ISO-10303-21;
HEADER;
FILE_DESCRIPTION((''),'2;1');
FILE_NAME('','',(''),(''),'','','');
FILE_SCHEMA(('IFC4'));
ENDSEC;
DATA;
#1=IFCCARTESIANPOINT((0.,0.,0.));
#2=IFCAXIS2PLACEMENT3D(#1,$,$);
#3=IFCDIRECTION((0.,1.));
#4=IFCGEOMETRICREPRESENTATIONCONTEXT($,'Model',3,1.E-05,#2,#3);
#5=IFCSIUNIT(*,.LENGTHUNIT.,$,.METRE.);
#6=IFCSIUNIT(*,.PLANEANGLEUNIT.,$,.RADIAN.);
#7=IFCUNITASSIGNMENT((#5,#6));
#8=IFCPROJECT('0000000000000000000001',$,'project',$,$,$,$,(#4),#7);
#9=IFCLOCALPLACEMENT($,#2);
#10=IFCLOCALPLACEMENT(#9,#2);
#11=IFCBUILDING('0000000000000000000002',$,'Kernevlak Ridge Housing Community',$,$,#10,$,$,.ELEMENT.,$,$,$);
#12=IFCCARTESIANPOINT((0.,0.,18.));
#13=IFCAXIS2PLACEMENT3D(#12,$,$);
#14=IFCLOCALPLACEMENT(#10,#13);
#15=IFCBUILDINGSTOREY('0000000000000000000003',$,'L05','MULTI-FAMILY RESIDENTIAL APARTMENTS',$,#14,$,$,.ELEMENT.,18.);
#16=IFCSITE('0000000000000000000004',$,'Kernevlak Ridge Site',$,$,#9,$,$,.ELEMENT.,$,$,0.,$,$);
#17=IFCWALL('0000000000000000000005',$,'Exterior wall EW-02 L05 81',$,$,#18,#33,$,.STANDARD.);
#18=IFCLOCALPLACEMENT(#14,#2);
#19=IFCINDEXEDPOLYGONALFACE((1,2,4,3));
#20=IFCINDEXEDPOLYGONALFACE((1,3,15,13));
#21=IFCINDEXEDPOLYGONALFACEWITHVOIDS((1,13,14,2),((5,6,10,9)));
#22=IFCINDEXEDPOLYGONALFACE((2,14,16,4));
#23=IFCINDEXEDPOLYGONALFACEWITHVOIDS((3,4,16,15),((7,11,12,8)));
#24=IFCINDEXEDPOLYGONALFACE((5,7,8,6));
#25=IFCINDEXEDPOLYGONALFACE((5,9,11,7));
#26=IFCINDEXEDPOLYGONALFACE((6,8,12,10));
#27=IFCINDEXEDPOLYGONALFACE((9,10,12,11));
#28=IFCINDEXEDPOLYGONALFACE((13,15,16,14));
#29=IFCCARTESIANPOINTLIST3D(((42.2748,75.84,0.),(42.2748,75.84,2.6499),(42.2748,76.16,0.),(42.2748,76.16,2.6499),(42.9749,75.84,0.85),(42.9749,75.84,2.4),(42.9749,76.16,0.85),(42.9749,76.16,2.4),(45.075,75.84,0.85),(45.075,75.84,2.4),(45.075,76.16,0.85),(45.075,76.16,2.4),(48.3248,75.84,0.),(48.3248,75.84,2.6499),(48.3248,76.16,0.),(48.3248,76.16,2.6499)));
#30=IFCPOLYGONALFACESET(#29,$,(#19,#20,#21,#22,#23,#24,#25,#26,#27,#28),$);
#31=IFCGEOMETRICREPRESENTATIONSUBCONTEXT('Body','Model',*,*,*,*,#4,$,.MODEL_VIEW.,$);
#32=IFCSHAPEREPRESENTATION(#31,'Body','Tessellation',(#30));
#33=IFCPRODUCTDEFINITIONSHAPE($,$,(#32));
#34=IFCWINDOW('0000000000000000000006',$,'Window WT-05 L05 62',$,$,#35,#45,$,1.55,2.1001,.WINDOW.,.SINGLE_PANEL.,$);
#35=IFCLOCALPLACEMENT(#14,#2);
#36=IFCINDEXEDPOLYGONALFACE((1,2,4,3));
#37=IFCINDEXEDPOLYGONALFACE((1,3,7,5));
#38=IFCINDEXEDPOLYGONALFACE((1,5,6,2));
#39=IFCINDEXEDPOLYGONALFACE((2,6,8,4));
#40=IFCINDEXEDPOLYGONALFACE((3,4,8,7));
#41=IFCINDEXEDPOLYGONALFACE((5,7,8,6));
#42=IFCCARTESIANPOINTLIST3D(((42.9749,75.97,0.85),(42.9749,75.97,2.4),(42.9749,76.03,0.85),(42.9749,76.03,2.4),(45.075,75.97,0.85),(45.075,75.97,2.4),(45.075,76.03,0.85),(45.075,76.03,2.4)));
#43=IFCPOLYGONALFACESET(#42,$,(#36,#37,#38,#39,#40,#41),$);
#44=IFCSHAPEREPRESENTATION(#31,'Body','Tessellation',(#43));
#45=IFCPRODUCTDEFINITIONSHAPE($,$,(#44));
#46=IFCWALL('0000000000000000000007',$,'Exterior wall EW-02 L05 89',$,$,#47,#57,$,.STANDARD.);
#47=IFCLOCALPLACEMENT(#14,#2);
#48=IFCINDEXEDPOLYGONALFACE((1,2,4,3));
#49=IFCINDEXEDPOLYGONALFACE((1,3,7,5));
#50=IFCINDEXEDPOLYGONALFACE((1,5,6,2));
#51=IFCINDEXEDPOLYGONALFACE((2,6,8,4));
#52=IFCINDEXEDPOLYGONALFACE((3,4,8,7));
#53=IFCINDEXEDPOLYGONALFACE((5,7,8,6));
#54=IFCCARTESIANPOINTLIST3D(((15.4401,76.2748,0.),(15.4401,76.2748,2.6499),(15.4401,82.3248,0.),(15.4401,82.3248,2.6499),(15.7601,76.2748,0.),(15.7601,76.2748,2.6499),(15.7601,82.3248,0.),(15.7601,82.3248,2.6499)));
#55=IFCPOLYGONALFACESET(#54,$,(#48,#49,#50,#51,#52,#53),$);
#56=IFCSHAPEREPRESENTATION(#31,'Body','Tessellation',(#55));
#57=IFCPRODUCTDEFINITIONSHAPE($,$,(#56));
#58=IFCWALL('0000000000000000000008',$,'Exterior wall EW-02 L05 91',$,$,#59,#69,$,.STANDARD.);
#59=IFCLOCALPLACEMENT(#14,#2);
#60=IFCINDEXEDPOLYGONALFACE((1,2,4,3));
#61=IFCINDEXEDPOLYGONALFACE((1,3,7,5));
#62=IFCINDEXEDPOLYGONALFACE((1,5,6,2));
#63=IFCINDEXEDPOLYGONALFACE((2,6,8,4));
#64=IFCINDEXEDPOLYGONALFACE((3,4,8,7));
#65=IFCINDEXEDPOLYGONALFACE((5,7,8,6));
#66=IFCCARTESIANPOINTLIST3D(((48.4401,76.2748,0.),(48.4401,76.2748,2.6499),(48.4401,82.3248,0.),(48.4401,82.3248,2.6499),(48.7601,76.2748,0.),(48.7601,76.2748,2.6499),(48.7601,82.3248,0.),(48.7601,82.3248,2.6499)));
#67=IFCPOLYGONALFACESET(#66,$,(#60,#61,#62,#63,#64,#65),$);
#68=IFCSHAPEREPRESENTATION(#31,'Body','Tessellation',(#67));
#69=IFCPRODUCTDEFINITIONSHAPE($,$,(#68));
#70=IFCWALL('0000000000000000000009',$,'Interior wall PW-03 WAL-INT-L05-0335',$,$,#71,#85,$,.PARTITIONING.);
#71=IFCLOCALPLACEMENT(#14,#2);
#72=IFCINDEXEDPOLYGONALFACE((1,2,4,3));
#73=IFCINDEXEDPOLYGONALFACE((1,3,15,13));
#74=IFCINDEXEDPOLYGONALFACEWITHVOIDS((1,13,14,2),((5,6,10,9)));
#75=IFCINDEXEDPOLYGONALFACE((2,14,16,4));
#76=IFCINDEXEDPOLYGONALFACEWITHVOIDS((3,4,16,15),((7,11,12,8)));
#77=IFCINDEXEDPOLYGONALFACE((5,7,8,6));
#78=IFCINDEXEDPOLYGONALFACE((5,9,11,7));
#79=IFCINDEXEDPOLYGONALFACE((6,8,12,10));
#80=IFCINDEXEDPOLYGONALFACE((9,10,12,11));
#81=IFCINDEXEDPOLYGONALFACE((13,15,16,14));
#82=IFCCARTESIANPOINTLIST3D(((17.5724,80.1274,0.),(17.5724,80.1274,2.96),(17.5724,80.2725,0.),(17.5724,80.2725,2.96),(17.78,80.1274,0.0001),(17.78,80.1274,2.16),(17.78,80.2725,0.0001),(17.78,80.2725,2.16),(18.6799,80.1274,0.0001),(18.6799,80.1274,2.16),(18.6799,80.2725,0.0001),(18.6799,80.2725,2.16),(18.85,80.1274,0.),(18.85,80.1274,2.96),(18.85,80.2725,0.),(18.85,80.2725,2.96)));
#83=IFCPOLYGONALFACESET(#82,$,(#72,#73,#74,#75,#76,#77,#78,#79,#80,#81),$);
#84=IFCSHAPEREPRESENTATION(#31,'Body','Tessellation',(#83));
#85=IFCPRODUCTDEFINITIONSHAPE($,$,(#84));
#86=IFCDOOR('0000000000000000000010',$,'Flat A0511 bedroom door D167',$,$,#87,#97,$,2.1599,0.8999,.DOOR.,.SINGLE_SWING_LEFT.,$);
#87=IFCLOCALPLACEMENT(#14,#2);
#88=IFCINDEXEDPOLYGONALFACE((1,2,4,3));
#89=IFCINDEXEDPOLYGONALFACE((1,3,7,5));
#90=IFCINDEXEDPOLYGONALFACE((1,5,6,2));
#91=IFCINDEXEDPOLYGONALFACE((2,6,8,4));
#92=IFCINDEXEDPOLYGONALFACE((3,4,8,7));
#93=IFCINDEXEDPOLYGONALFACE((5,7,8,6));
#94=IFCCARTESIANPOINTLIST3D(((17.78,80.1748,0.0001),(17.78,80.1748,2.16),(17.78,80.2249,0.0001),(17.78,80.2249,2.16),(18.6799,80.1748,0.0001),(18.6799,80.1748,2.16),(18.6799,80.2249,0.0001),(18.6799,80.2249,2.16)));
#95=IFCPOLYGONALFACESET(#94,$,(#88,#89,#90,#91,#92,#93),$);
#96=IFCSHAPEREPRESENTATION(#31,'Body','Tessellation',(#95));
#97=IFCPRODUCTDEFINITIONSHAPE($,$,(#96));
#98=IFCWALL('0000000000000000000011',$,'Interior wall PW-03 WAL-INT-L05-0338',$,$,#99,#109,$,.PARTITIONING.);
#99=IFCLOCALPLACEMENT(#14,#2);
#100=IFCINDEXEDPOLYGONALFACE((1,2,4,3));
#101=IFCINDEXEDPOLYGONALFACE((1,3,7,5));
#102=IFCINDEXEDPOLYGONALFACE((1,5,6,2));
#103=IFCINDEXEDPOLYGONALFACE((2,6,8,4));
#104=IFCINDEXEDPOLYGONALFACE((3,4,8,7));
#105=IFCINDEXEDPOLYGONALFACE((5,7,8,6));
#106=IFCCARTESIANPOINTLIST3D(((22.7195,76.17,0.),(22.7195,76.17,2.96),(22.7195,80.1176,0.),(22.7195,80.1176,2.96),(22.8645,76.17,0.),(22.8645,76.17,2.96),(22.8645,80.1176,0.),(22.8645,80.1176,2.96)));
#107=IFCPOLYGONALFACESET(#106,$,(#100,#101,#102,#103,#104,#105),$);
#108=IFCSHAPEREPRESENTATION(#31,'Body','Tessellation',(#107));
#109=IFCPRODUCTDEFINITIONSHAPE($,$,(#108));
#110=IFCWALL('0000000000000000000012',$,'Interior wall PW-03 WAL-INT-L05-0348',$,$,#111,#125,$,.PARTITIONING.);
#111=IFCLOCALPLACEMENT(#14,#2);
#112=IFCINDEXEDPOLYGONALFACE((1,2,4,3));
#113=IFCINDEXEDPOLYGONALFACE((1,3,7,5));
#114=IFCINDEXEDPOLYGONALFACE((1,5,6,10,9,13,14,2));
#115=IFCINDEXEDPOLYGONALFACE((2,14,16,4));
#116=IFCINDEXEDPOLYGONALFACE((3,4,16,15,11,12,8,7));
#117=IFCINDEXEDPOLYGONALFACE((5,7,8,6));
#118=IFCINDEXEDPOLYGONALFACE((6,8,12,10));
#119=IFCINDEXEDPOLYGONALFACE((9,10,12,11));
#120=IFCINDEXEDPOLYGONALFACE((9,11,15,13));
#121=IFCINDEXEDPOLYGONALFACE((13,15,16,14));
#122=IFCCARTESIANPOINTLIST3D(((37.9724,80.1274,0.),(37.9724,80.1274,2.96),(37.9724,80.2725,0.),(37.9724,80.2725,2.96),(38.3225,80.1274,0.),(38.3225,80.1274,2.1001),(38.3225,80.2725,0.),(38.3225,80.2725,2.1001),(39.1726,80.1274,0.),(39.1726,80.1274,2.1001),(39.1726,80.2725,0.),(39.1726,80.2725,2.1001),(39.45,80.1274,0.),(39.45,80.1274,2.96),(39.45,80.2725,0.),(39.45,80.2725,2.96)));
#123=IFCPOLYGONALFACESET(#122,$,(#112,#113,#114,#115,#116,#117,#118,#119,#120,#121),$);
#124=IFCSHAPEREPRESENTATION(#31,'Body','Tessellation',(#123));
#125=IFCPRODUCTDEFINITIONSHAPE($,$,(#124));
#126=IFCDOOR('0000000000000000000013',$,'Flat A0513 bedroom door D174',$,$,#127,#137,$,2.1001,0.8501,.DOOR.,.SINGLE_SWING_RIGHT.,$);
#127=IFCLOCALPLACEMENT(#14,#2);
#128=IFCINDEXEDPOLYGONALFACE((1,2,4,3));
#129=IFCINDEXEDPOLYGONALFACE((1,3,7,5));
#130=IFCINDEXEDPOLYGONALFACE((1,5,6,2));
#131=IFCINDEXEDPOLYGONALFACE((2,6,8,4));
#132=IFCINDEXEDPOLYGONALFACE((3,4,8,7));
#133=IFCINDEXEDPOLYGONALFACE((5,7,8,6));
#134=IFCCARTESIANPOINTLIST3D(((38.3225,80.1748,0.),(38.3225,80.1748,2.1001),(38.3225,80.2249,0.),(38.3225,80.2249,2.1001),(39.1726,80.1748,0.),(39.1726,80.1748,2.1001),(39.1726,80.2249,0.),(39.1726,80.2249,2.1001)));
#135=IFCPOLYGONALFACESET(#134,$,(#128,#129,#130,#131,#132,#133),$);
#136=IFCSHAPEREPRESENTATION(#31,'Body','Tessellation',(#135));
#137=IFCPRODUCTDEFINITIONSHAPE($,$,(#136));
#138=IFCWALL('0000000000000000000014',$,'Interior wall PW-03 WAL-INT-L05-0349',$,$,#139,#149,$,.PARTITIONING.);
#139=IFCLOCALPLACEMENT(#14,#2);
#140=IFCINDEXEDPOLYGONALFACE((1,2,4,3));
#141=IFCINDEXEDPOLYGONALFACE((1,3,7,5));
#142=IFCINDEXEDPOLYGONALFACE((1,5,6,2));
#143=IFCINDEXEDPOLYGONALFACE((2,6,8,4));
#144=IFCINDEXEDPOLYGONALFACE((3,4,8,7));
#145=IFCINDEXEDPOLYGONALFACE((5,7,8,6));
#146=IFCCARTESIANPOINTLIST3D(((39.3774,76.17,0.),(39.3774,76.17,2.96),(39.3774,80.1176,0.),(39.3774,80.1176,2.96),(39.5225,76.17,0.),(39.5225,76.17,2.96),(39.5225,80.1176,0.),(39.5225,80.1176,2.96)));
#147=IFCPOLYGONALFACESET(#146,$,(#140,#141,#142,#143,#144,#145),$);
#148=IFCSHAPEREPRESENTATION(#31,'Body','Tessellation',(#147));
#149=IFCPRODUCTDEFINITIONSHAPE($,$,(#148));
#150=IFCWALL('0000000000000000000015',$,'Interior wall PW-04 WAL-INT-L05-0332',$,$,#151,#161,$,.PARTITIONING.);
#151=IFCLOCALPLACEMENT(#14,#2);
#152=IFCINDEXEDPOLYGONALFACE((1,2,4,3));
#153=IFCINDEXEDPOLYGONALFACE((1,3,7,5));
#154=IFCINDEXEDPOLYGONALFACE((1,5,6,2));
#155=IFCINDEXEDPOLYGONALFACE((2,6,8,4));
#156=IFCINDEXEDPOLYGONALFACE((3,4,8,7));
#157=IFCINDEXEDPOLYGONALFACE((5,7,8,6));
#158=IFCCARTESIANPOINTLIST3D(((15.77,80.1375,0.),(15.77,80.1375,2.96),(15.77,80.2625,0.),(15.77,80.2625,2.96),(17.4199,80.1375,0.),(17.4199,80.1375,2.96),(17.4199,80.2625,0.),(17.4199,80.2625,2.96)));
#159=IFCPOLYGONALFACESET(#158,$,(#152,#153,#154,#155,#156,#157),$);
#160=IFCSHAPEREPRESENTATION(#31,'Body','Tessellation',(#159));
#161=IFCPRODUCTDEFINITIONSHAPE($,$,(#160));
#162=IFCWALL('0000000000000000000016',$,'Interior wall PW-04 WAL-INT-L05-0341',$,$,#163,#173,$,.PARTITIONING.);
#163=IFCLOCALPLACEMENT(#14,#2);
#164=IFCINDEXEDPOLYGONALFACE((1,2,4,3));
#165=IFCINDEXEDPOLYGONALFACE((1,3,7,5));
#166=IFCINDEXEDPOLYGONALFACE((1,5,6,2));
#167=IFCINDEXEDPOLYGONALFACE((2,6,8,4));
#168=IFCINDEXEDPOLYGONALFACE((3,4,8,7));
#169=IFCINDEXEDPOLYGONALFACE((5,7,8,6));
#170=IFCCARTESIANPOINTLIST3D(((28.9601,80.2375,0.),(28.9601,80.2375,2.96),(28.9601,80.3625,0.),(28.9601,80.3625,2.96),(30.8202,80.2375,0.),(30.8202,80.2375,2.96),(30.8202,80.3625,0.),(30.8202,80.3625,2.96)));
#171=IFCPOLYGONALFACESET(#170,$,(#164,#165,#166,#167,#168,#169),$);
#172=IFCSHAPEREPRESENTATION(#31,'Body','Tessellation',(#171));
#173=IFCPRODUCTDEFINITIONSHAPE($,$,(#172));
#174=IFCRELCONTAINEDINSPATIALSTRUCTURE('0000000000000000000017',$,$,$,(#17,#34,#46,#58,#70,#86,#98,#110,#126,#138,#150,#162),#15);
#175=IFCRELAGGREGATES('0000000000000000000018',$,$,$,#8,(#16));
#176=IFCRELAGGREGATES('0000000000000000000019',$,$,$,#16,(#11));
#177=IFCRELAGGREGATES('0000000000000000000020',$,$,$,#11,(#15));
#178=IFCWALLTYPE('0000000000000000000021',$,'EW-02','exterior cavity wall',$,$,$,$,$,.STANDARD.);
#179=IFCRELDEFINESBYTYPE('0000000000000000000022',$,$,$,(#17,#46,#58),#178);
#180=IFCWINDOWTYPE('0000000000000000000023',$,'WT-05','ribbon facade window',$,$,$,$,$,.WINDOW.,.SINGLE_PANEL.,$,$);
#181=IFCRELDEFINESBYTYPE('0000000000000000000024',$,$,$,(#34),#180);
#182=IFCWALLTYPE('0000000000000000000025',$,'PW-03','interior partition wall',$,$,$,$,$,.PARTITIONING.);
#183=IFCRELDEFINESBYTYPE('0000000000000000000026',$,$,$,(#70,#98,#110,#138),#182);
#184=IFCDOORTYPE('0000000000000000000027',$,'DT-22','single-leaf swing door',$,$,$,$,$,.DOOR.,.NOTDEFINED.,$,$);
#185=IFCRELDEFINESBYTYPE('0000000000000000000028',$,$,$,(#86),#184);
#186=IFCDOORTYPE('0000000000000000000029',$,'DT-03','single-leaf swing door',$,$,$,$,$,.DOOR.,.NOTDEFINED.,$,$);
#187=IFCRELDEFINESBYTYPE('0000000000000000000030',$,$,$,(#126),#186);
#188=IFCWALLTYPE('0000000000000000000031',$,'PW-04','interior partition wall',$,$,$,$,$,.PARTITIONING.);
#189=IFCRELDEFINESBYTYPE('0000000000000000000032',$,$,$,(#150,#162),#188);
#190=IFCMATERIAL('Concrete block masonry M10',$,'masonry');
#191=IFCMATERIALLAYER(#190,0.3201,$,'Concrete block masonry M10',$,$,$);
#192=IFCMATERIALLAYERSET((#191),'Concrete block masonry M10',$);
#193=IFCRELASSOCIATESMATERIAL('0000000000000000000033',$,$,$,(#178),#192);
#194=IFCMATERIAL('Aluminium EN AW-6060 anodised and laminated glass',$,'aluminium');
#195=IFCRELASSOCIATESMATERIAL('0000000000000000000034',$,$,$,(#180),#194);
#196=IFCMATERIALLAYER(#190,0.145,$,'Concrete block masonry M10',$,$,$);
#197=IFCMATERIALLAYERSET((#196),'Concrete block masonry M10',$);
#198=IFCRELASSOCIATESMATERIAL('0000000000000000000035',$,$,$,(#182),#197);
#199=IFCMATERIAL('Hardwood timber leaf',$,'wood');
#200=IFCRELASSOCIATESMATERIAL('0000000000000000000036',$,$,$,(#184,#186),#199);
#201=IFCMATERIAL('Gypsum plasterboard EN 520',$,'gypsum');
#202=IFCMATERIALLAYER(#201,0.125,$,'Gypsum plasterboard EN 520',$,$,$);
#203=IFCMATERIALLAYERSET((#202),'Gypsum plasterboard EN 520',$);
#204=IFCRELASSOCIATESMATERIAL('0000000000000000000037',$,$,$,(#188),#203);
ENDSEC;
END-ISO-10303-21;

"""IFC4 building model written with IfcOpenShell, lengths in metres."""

from ifc_helpers import new_model, si_unit, direction, frame, frame_2d, origin, place, context, subcontext, project, spatial, rectangle, extrude, material, layer, layer_set, type_object, element, fill, save


model = new_model("IFC4")

# Units and contexts
model_context = context("Model", 3, precision=1e-05, world=origin(), true_north=direction((0.0, 1.0)))
body_context = subcontext(model_context, "Body", "Model", "MODEL_VIEW")
ifc_project = project(units=[si_unit("LENGTHUNIT", "METRE"), si_unit("PLANEANGLEUNIT", "RADIAN")], contexts=[model_context])

# Site, building, storey
site_placement = place(None, origin())
site = spatial("IfcSite", under=ifc_project, at=site_placement, Name="Kernevlak Ridge Site", CompositionType="ELEMENT", RefElevation=0.0)
building_placement = place(site_placement, origin())
building = spatial("IfcBuilding", under=site, at=building_placement, Name="Kernevlak Ridge Housing Community", CompositionType="ELEMENT")
storey_placement = place(building_placement, frame((0.0, 0.0, 18.0)))
storey = spatial("IfcBuildingStorey", under=building, at=storey_placement, Name="L05", Description="MULTI-FAMILY RESIDENTIAL APARTMENTS", CompositionType="ELEMENT", Elevation=18.0)

# Wall, opening, window
ifc_material_1 = material(Name="Concrete block masonry M10", Category="masonry")
ifc_layer_1 = layer(ifc_material_1, 0.3201, Name="Concrete block masonry M10")
ifc_layer_set_1 = layer_set([ifc_layer_1], Name="Concrete block masonry M10")
wall_type_1 = type_object("IfcWallType", Name="EW-02", Description="exterior cavity wall", PredefinedType="STANDARD", material=ifc_layer_set_1)
ifc_material_2 = material(Name="Aluminium EN AW-6060 anodised and laminated glass", Category="aluminium")
wall_1_placement = place(storey_placement, frame((42.2749, 76.0, 0.0), z_axis=(0.0, 0.0, 1.0), x_axis=(1.0, 0.0, 0.0)))
wall_1 = element("IfcWall", 1, at=wall_1_placement, inside=storey, type_object=wall_type_1, Name="Exterior wall EW-02 L05 81", PredefinedType="STANDARD", context=body_context, shape_type="SweptSolid", body=[
    extrude(rectangle(XDim=6.05, YDim=0.3201, at=frame_2d((3.0249, 0.0))), origin(), (0.0, 0.0, 1.0), 2.6499),
])
opening_1_placement = place(wall_1_placement, frame((0.7, 0.0, 0.8501)))
opening_1 = element("IfcOpeningElement", 2, at=opening_1_placement, cuts=wall_1, PredefinedType="OPENING", context=body_context, shape_type="SweptSolid", body=[
    extrude(rectangle(XDim=2.1001, YDim=1.55, at=frame_2d((1.05, 0.7749))), frame((0.0, 0.1699, 0.0), z_axis=(0.0, -1.0, 0.0), x_axis=(1.0, 0.0, 0.0)), (0.0, 0.0, 1.0), 0.3401),
])
window_type_1 = type_object("IfcWindowType", Name="WT-05", Description="ribbon facade window", PartitioningType="SINGLE_PANEL", PredefinedType="WINDOW", material=ifc_material_2)
window_1_placement = place(opening_1_placement, origin())
window_1 = element("IfcWindow", 3, at=window_1_placement, inside=storey, type_object=window_type_1, Name="Window WT-05 L05 62", OverallHeight=1.55, OverallWidth=2.1001, PartitioningType="SINGLE_PANEL", PredefinedType="WINDOW", context=body_context, shape_type="SweptSolid", body=[
    extrude(rectangle(XDim=2.1001, YDim=1.55, at=frame_2d((1.05, 0.7749))), frame((0.0, 0.03, 0.0), z_axis=(0.0, -1.0, 0.0), x_axis=(1.0, 0.0, 0.0)), (0.0, 0.0, 1.0), 0.0601),
])
fill(opening_1, window_1)

# Walls
for number, where, z_axis, x_axis, name in (
    (4, (15.6001, 76.2749, 0.0), (0.0, 0.0, 1.0), (0.0, 1.0, 0.0), "Exterior wall EW-02 L05 89"),
    (5, (48.6001, 76.2749, 0.0), (0.0, 0.0, 1.0), (0.0, 1.0, 0.0), "Exterior wall EW-02 L05 91"),
):
    element("IfcWall", number, at=place(storey_placement, frame(where, z_axis=z_axis, x_axis=x_axis)), inside=storey, type_object=wall_type_1, Name=name, PredefinedType="STANDARD", context=body_context, shape_type="SweptSolid", body=[
        extrude(rectangle(XDim=6.05, YDim=0.3201, at=frame_2d((3.0249, 0.0))), origin(), (0.0, 0.0, 1.0), 2.6499),
    ])

# Wall, opening, door
ifc_layer_2 = layer(ifc_material_1, 0.145, Name="Concrete block masonry M10")
ifc_layer_set_2 = layer_set([ifc_layer_2], Name="Concrete block masonry M10")
wall_type_2 = type_object("IfcWallType", Name="PW-03", Description="interior partition wall", PredefinedType="PARTITIONING", material=ifc_layer_set_2)
wall_2_placement = place(storey_placement, frame((17.5725, 80.2, 0.0), z_axis=(0.0, 0.0, 1.0), x_axis=(1.0, 0.0, 0.0)))
wall_2 = element("IfcWall", 6, at=wall_2_placement, inside=storey, type_object=wall_type_2, Name="Interior wall PW-03 WAL-INT-L05-0335", PredefinedType="PARTITIONING", context=body_context, shape_type="SweptSolid", body=[
    extrude(rectangle(XDim=1.2776, YDim=0.145, at=frame_2d((0.6387, 0.0))), origin(), (0.0, 0.0, 1.0), 2.96),
])
opening_2_placement = place(wall_2_placement, frame((0.2075, 0.0, 0.0)))
opening_2 = element("IfcOpeningElement", 7, at=opening_2_placement, cuts=wall_2, PredefinedType="OPENING", context=body_context, shape_type="SweptSolid", body=[
    extrude(rectangle(XDim=0.8999, YDim=2.1599, at=frame_2d((0.45, 1.0801))), frame((0.0, 0.0825, 0.0), z_axis=(0.0, -1.0, 0.0), x_axis=(1.0, 0.0, 0.0)), (0.0, 0.0, 1.0), 0.165),
])
ifc_material_3 = material(Name="Hardwood timber leaf", Category="wood")
door_type_1 = type_object("IfcDoorType", Name="DT-22", Description="single-leaf swing door", OperationType="NOTDEFINED", PredefinedType="DOOR", material=ifc_material_3)
door_1_placement = place(opening_2_placement, origin())
door_1 = element("IfcDoor", 8, at=door_1_placement, inside=storey, type_object=door_type_1, Name="Flat A0511 bedroom door D167", OperationType="SINGLE_SWING_LEFT", OverallHeight=2.1599, OverallWidth=0.8999, PredefinedType="DOOR", context=body_context, shape_type="SweptSolid", body=[
    extrude(rectangle(XDim=0.8999, YDim=2.1599, at=frame_2d((0.45, 1.0801))), frame((0.0, 0.0249, 0.0), z_axis=(0.0, -1.0, 0.0), x_axis=(1.0, 0.0, 0.0)), (0.0, 0.0, 1.0), 0.05),
])
fill(opening_2, door_1)

# Wall
wall_3_placement = place(storey_placement, frame((22.792, 80.1174, 0.0), z_axis=(0.0, 0.0, 1.0), x_axis=(0.0, -1.0, 0.0)))
element("IfcWall", 9, at=wall_3_placement, inside=storey, type_object=wall_type_2, Name="Interior wall PW-03 WAL-INT-L05-0338", PredefinedType="PARTITIONING", context=body_context, shape_type="SweptSolid", body=[
    extrude(rectangle(XDim=3.9475, YDim=0.145, at=frame_2d((1.9736, 0.0))), origin(), (0.0, 0.0, 1.0), 2.96),
])

# Wall, opening, door
wall_4_placement = place(storey_placement, frame((37.9724, 80.2, 0.0), z_axis=(0.0, 0.0, 1.0), x_axis=(1.0, 0.0, 0.0)))
wall_4 = element("IfcWall", 10, at=wall_4_placement, inside=storey, type_object=wall_type_2, Name="Interior wall PW-03 WAL-INT-L05-0348", PredefinedType="PARTITIONING", context=body_context, shape_type="SweptSolid", body=[
    extrude(rectangle(XDim=1.4775, YDim=0.145, at=frame_2d((0.7388, 0.0))), origin(), (0.0, 0.0, 1.0), 2.96),
])
opening_3_placement = place(wall_4_placement, frame((0.3501, 0.0, 0.0)))
opening_3 = element("IfcOpeningElement", 11, at=opening_3_placement, cuts=wall_4, PredefinedType="OPENING", context=body_context, shape_type="SweptSolid", body=[
    extrude(rectangle(XDim=0.8501, YDim=2.1001, at=frame_2d((0.425, 1.05))), frame((0.0, 0.0825, 0.0), z_axis=(0.0, -1.0, 0.0), x_axis=(1.0, 0.0, 0.0)), (0.0, 0.0, 1.0), 0.165),
])
door_type_2 = type_object("IfcDoorType", Name="DT-03", Description="single-leaf swing door", OperationType="NOTDEFINED", PredefinedType="DOOR", material=ifc_material_3)
door_2_placement = place(opening_3_placement, origin())
door_2 = element("IfcDoor", 12, at=door_2_placement, inside=storey, type_object=door_type_2, Name="Flat A0513 bedroom door D174", OperationType="SINGLE_SWING_RIGHT", OverallHeight=2.1001, OverallWidth=0.8501, PredefinedType="DOOR", context=body_context, shape_type="SweptSolid", body=[
    extrude(rectangle(XDim=0.8501, YDim=2.1001, at=frame_2d((0.425, 1.05))), frame((0.0, 0.0249, 0.0), z_axis=(0.0, -1.0, 0.0), x_axis=(1.0, 0.0, 0.0)), (0.0, 0.0, 1.0), 0.05),
])
fill(opening_3, door_2)

# Walls
wall_5_placement = place(storey_placement, frame((39.45, 80.1174, 0.0), z_axis=(0.0, 0.0, 1.0), x_axis=(0.0, -1.0, 0.0)))
element("IfcWall", 13, at=wall_5_placement, inside=storey, type_object=wall_type_2, Name="Interior wall PW-03 WAL-INT-L05-0349", PredefinedType="PARTITIONING", context=body_context, shape_type="SweptSolid", body=[
    extrude(rectangle(XDim=3.9475, YDim=0.145, at=frame_2d((1.9736, 0.0))), origin(), (0.0, 0.0, 1.0), 2.96),
])
ifc_material_4 = material(Name="Gypsum plasterboard EN 520", Category="gypsum")
ifc_layer_3 = layer(ifc_material_4, 0.125, Name="Gypsum plasterboard EN 520")
ifc_layer_set_3 = layer_set([ifc_layer_3], Name="Gypsum plasterboard EN 520")
wall_type_3 = type_object("IfcWallType", Name="PW-04", Description="interior partition wall", PredefinedType="PARTITIONING", material=ifc_layer_set_3)
wall_6_placement = place(storey_placement, frame((15.77, 80.2, 0.0), z_axis=(0.0, 0.0, 1.0), x_axis=(1.0, 0.0, 0.0)))
element("IfcWall", 14, at=wall_6_placement, inside=storey, type_object=wall_type_3, Name="Interior wall PW-04 WAL-INT-L05-0332", PredefinedType="PARTITIONING", context=body_context, shape_type="SweptSolid", body=[
    extrude(rectangle(XDim=1.6499, YDim=0.125, at=frame_2d((0.825, 0.0))), origin(), (0.0, 0.0, 1.0), 2.96),
])
wall_7_placement = place(storey_placement, frame((28.96, 80.3, 0.0), z_axis=(0.0, 0.0, 1.0), x_axis=(1.0, 0.0, 0.0)))
element("IfcWall", 15, at=wall_7_placement, inside=storey, type_object=wall_type_3, Name="Interior wall PW-04 WAL-INT-L05-0341", PredefinedType="PARTITIONING", context=body_context, shape_type="SweptSolid", body=[
    extrude(rectangle(XDim=1.8601, YDim=0.125, at=frame_2d((0.9302, 0.0))), origin(), (0.0, 0.0, 1.0), 2.96),
])

save(model, "model.ifc")
